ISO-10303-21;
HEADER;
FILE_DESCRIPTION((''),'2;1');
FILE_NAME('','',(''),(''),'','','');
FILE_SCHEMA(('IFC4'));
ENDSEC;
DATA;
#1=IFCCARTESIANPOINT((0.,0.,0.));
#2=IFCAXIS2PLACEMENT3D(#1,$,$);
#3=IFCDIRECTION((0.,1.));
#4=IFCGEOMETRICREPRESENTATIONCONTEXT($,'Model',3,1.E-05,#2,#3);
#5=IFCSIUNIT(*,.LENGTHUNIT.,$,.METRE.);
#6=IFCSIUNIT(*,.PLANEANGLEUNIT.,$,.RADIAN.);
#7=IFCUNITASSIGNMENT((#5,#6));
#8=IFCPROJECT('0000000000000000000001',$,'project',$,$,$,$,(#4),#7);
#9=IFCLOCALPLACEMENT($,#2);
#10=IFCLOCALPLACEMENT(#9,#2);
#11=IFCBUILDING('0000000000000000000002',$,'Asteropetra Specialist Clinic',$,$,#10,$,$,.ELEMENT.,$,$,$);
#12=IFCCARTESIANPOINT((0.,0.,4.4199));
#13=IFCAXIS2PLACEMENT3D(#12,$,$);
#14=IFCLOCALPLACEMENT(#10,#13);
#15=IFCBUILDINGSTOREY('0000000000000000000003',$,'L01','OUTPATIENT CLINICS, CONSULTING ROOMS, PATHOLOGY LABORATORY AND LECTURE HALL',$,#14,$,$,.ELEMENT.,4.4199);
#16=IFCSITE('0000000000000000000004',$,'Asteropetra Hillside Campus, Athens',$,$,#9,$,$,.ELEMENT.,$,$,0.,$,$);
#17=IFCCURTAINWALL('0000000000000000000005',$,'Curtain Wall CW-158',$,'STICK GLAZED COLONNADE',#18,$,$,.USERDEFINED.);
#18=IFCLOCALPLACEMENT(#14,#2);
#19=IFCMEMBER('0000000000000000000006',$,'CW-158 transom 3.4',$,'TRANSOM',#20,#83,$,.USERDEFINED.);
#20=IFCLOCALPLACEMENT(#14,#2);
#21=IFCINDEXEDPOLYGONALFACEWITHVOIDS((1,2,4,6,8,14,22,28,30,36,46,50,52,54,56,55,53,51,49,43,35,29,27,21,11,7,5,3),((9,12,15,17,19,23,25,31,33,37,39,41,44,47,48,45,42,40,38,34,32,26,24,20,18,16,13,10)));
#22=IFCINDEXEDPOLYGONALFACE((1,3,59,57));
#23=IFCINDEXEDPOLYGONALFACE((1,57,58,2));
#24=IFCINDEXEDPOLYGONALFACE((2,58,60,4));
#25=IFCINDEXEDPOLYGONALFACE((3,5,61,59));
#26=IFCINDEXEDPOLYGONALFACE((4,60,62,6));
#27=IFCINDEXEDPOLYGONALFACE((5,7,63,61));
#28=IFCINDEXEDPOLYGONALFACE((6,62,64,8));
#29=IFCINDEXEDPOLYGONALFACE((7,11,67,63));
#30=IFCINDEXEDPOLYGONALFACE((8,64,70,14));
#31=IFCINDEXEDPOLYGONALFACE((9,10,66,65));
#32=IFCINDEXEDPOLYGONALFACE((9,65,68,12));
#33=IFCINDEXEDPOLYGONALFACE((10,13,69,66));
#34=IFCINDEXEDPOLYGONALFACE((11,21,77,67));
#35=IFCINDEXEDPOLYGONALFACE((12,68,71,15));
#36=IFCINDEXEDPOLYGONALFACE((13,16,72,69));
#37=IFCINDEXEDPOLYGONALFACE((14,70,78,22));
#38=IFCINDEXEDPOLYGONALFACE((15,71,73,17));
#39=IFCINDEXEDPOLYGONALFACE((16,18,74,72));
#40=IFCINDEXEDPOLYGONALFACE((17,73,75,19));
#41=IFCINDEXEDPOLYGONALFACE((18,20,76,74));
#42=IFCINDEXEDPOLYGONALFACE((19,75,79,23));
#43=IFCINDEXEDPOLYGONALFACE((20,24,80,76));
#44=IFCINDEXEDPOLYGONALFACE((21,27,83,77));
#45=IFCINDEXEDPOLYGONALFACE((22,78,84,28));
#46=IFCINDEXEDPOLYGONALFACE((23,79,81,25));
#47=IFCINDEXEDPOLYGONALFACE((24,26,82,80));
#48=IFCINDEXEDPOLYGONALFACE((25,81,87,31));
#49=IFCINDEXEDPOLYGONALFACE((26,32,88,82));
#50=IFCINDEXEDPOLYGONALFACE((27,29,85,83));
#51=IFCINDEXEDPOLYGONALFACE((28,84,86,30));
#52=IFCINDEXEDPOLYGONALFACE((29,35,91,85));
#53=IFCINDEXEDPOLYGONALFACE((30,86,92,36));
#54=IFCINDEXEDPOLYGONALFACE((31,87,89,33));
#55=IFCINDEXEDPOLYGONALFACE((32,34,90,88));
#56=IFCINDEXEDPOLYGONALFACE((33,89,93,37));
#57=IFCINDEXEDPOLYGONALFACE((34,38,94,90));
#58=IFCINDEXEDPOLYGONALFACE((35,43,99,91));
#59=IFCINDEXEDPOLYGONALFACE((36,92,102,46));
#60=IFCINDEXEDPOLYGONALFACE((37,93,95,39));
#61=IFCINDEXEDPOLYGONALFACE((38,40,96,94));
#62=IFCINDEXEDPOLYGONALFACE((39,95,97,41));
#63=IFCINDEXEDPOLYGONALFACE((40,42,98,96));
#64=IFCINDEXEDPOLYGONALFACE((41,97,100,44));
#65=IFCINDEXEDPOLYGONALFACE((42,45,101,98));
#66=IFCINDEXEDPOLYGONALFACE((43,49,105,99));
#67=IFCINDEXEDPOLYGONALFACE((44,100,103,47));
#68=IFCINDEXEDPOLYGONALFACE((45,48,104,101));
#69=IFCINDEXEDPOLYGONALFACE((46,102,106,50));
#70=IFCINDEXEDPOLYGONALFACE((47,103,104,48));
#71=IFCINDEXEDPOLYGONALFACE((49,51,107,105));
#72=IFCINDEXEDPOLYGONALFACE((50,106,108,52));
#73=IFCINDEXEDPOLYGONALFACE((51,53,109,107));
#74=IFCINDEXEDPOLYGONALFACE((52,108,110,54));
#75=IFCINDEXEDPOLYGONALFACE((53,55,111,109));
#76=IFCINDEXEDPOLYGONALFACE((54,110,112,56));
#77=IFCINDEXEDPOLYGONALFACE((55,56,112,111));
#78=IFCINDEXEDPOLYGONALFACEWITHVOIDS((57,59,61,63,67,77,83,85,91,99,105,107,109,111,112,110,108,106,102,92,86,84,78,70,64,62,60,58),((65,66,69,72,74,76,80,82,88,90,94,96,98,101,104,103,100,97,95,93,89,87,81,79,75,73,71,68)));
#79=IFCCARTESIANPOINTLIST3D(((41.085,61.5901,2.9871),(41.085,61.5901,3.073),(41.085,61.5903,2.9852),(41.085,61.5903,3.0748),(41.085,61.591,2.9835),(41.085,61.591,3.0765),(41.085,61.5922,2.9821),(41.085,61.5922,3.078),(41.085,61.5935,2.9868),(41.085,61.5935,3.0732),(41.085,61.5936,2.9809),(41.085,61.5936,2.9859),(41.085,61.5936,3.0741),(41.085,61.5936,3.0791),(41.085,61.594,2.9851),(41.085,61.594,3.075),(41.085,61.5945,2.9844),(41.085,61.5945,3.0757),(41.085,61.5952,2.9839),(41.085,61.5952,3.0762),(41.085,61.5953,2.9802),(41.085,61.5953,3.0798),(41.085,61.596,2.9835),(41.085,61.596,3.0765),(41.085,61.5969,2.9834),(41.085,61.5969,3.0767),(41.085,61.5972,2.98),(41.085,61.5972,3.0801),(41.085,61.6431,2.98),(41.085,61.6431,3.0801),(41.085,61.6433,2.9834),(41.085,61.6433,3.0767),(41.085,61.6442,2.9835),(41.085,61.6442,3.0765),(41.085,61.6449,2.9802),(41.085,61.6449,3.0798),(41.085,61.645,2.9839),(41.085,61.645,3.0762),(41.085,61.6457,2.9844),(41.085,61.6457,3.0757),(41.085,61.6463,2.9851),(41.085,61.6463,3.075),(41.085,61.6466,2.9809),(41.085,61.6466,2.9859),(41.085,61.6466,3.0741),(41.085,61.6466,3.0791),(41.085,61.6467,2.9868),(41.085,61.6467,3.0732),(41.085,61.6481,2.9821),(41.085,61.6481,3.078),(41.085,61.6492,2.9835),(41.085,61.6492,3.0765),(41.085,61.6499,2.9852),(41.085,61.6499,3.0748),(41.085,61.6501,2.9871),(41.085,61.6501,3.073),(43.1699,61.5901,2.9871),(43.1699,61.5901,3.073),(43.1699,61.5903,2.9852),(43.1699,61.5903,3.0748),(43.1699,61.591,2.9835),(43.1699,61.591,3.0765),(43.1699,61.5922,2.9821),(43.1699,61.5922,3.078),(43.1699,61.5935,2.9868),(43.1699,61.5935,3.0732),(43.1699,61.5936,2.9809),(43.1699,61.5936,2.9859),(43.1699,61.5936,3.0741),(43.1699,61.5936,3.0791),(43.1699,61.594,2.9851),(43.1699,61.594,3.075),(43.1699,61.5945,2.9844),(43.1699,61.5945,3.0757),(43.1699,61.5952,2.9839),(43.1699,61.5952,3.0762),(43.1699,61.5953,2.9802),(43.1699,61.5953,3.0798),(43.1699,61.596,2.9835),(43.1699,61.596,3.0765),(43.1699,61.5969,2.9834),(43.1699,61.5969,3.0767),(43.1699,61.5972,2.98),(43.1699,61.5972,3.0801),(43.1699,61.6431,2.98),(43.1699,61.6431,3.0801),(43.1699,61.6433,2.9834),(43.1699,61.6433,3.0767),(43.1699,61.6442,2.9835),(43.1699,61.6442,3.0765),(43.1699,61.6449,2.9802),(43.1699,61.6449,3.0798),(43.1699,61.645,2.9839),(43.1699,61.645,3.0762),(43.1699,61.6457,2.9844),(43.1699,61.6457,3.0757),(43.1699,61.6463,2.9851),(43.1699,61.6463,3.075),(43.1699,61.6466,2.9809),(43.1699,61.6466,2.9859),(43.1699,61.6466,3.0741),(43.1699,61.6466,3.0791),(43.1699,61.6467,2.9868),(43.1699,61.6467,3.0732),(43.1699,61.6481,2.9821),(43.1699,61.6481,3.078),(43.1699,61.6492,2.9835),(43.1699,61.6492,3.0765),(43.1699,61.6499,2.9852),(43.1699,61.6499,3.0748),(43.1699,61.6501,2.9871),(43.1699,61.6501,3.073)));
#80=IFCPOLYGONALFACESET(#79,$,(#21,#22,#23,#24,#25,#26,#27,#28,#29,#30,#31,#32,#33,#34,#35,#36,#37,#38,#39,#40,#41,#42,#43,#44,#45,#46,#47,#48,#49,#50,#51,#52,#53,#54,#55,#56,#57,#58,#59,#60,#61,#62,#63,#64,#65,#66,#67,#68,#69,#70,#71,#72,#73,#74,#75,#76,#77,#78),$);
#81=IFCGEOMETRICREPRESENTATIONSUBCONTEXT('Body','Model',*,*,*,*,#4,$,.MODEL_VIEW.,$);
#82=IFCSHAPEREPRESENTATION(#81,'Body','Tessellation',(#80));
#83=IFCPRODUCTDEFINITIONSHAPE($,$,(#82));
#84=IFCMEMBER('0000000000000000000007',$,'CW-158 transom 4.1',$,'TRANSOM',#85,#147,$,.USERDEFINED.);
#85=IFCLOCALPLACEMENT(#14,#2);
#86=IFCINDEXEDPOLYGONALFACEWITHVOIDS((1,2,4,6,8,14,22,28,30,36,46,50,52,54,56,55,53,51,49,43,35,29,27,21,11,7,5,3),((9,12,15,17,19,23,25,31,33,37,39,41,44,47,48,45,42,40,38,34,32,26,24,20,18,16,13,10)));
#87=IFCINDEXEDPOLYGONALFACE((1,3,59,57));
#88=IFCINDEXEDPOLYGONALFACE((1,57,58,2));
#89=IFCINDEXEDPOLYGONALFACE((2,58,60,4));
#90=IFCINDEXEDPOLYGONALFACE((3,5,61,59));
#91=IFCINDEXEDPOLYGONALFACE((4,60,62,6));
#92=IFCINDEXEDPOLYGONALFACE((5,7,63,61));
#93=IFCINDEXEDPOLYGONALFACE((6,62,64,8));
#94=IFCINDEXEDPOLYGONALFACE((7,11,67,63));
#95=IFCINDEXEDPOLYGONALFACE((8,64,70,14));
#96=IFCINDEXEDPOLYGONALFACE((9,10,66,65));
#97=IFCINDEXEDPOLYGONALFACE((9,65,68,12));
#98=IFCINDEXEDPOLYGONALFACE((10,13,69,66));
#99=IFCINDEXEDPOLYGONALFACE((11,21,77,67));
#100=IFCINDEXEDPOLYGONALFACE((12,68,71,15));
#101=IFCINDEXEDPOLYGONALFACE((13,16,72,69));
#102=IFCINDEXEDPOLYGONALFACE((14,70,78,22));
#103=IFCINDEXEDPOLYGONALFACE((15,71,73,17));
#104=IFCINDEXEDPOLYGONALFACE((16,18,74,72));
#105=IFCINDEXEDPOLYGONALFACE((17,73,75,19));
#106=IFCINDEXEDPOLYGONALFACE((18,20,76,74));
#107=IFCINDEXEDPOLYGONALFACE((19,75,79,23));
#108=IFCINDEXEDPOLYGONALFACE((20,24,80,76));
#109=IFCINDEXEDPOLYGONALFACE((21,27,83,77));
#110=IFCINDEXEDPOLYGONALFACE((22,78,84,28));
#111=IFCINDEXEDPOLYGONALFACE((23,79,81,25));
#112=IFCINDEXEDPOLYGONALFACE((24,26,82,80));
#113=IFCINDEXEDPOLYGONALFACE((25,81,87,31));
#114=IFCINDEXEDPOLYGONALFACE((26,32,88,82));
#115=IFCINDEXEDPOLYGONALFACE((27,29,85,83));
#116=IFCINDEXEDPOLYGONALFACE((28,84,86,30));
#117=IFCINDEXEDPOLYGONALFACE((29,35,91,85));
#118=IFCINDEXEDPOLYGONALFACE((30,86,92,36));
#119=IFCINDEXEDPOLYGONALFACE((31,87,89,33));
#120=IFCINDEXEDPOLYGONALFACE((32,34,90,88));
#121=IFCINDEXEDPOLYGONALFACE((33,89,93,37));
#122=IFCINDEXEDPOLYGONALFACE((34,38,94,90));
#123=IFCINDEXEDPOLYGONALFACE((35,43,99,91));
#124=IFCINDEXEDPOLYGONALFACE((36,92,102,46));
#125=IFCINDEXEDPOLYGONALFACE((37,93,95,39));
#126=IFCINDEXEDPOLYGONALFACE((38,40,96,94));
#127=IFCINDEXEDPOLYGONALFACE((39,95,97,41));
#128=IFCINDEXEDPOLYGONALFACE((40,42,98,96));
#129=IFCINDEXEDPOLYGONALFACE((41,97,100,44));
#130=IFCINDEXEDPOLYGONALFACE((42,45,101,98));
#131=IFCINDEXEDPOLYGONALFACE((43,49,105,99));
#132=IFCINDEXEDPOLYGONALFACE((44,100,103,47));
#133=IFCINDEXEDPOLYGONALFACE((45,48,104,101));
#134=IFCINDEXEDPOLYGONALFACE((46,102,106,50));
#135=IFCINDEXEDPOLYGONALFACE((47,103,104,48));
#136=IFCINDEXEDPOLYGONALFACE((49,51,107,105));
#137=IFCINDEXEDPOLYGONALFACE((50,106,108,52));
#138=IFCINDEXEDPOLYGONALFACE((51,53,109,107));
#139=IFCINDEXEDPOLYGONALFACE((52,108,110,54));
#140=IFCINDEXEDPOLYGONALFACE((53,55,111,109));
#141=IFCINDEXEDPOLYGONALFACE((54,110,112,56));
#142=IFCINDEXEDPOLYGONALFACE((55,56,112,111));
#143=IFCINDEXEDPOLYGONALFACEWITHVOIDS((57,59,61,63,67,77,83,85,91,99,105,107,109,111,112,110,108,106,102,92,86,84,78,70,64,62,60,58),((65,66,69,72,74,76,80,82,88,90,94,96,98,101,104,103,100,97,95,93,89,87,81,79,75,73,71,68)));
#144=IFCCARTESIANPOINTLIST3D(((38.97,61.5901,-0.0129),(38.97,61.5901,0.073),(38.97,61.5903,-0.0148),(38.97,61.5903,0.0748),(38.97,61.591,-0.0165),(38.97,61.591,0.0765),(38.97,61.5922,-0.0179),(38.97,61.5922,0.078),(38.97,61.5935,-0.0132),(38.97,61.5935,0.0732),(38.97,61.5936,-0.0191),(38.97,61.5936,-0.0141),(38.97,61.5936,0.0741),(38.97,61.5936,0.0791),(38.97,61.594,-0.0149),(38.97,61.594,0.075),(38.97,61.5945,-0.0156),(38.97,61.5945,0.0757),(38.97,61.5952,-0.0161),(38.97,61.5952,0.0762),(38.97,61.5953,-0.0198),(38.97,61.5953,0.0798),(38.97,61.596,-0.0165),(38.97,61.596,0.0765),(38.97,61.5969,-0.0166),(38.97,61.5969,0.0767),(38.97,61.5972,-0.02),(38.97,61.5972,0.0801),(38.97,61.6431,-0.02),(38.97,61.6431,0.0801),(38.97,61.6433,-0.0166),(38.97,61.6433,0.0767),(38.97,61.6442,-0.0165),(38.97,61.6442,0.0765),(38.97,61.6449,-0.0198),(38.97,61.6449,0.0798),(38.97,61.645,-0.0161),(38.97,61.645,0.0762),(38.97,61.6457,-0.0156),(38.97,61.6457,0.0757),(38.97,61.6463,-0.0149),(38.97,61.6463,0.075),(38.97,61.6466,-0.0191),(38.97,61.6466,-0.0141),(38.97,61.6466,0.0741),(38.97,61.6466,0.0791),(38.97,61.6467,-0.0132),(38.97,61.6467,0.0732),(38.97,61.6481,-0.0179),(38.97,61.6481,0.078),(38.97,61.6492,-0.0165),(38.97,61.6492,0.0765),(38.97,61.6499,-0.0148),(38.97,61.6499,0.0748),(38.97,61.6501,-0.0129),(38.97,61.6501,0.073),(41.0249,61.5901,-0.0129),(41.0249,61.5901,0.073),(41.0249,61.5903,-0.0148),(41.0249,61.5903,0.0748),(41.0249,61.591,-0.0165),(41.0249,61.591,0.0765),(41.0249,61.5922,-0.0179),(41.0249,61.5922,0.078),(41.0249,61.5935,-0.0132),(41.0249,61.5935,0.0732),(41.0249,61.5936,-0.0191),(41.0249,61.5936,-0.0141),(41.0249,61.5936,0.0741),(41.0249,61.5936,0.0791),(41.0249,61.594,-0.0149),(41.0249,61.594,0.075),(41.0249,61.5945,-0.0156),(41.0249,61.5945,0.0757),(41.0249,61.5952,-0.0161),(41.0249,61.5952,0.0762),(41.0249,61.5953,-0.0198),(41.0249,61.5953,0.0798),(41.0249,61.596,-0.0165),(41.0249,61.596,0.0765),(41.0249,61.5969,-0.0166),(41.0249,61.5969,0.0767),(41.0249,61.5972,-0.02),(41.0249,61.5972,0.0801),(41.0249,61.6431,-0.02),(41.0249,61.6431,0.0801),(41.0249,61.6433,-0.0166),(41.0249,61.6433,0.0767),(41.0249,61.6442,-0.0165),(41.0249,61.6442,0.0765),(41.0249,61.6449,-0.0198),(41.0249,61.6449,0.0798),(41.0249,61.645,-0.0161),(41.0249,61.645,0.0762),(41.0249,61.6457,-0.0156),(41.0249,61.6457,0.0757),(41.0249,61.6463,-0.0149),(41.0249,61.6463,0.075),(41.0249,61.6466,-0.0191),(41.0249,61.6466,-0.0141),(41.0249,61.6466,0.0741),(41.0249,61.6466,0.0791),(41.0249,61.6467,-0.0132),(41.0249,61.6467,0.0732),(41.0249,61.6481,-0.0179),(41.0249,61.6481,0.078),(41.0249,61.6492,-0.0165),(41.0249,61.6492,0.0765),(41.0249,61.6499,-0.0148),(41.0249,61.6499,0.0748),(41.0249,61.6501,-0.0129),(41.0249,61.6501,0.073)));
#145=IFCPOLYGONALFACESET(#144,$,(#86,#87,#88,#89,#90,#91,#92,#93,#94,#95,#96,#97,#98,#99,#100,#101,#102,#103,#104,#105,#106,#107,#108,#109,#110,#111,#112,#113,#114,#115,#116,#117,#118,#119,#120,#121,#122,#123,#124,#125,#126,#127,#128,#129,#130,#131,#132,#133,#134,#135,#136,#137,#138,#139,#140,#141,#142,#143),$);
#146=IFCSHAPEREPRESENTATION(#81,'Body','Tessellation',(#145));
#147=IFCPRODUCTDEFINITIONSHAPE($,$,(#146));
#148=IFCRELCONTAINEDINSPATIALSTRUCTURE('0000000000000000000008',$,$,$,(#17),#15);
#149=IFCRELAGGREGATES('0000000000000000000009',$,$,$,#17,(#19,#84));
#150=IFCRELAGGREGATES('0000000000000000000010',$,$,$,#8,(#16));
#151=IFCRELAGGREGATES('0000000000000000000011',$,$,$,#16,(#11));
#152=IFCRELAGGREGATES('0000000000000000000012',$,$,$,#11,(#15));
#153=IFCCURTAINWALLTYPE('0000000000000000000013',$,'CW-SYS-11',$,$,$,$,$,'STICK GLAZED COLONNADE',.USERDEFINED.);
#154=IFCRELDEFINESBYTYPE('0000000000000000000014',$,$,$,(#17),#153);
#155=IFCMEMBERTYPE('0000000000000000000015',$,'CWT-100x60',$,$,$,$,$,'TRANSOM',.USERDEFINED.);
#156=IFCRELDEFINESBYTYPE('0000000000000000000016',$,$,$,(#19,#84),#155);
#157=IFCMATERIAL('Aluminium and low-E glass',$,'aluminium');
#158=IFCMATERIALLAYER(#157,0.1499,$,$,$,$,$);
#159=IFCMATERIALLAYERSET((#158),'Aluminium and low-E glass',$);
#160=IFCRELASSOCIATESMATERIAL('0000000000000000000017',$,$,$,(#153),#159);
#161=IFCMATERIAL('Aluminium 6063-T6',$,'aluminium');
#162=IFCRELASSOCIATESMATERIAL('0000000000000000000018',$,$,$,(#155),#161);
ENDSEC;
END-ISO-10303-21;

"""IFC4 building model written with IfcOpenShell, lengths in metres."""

from ifc_helpers import new_model, si_unit, direction, frame, origin, origin_2d, place, context, subcontext, project, spatial, hollow_rectangle, extrude, material, layer, layer_set, material_profile, profile_set, type_object, element, aggregate, save


model = new_model("IFC4")

# Units and contexts
model_context = context("Model", 3, precision=1e-05, world=origin(), true_north=direction((0.0, 1.0)))
body_context = subcontext(model_context, "Body", "Model", "MODEL_VIEW")
ifc_project = project(units=[si_unit("LENGTHUNIT", "METRE"), si_unit("PLANEANGLEUNIT", "RADIAN")], contexts=[model_context])

# Site, building, storey
site_placement = place(None, origin())
site = spatial("IfcSite", under=ifc_project, at=site_placement, Name="Asteropetra Hillside Campus, Athens", CompositionType="ELEMENT", RefElevation=0.0)
building_placement = place(site_placement, origin())
building = spatial("IfcBuilding", under=site, at=building_placement, Name="Asteropetra Specialist Clinic", CompositionType="ELEMENT")
storey_placement = place(building_placement, frame((0.0, 0.0, 4.4199)))
storey = spatial("IfcBuildingStorey", under=building, at=storey_placement, Name="L01", Description="OUTPATIENT CLINICS, CONSULTING ROOMS, PATHOLOGY LABORATORY AND LECTURE HALL", CompositionType="ELEMENT", Elevation=4.4199)

# Curtain wall, members
ifc_material_1 = material(Name="Aluminium and low-E glass", Category="aluminium")
ifc_layer_1 = layer(ifc_material_1, 0.1499)
ifc_layer_set_1 = layer_set([ifc_layer_1], Name="Aluminium and low-E glass")
curtain_wall_type = type_object("IfcCurtainWallType", Name="CW-SYS-11", ElementType="STICK GLAZED COLONNADE", PredefinedType="USERDEFINED", material=ifc_layer_set_1)
curtain_wall_placement = place(storey_placement, origin())
curtain_wall = element("IfcCurtainWall", 1, at=curtain_wall_placement, inside=storey, type_object=curtain_wall_type, Name="Curtain Wall CW-158", ObjectType="STICK GLAZED COLONNADE", PredefinedType="USERDEFINED")
ifc_material_2 = material(Name="Aluminium 6063-T6", Category="aluminium")
ifc_material_profile_1 = material_profile(ifc_material_2, hollow_rectangle(XDim=0.0601, YDim=0.1001, WallThickness=0.0034, InnerFilletRadius=0.0034, OuterFilletRadius=0.0071, at=origin_2d()), Name="TRN 100x60x3.5")
ifc_profile_set_1 = profile_set([ifc_material_profile_1], Name="Aluminium 6063-T6")
member_type_1 = type_object("IfcMemberType", Name="CWT-100x60", ElementType="TRANSOM", PredefinedType="USERDEFINED", material=ifc_profile_set_1)
member_1_placement = place(storey_placement, frame((43.1699, 61.6201, 3.03), z_axis=(-1.0, 0.0, 0.0), x_axis=(0.0, -1.0, 0.0)))
member_1 = element("IfcMember", 2, at=member_1_placement, type_object=member_type_1, Name="CW-158 transom 3.4", ObjectType="TRANSOM", PredefinedType="USERDEFINED", context=body_context, shape_type="SweptSolid", body=[
    extrude(hollow_rectangle(XDim=0.0601, YDim=0.1001, WallThickness=0.0034, InnerFilletRadius=0.0034, OuterFilletRadius=0.0071, at=origin_2d()), origin(), (0.0, 0.0, 1.0), 2.085),
])
member_2_placement = place(storey_placement, frame((41.0249, 61.6201, 0.03), z_axis=(-1.0, 0.0, 0.0), x_axis=(0.0, -1.0, 0.0)))
member_2 = element("IfcMember", 3, at=member_2_placement, type_object=member_type_1, Name="CW-158 transom 4.1", ObjectType="TRANSOM", PredefinedType="USERDEFINED", context=body_context, shape_type="SweptSolid", body=[
    extrude(hollow_rectangle(XDim=0.0601, YDim=0.1001, WallThickness=0.0034, InnerFilletRadius=0.0034, OuterFilletRadius=0.0071, at=origin_2d()), origin(), (0.0, 0.0, 1.0), 2.0549),
])

aggregate(curtain_wall, [member_1, member_2])

save(model, "model.ifc")
